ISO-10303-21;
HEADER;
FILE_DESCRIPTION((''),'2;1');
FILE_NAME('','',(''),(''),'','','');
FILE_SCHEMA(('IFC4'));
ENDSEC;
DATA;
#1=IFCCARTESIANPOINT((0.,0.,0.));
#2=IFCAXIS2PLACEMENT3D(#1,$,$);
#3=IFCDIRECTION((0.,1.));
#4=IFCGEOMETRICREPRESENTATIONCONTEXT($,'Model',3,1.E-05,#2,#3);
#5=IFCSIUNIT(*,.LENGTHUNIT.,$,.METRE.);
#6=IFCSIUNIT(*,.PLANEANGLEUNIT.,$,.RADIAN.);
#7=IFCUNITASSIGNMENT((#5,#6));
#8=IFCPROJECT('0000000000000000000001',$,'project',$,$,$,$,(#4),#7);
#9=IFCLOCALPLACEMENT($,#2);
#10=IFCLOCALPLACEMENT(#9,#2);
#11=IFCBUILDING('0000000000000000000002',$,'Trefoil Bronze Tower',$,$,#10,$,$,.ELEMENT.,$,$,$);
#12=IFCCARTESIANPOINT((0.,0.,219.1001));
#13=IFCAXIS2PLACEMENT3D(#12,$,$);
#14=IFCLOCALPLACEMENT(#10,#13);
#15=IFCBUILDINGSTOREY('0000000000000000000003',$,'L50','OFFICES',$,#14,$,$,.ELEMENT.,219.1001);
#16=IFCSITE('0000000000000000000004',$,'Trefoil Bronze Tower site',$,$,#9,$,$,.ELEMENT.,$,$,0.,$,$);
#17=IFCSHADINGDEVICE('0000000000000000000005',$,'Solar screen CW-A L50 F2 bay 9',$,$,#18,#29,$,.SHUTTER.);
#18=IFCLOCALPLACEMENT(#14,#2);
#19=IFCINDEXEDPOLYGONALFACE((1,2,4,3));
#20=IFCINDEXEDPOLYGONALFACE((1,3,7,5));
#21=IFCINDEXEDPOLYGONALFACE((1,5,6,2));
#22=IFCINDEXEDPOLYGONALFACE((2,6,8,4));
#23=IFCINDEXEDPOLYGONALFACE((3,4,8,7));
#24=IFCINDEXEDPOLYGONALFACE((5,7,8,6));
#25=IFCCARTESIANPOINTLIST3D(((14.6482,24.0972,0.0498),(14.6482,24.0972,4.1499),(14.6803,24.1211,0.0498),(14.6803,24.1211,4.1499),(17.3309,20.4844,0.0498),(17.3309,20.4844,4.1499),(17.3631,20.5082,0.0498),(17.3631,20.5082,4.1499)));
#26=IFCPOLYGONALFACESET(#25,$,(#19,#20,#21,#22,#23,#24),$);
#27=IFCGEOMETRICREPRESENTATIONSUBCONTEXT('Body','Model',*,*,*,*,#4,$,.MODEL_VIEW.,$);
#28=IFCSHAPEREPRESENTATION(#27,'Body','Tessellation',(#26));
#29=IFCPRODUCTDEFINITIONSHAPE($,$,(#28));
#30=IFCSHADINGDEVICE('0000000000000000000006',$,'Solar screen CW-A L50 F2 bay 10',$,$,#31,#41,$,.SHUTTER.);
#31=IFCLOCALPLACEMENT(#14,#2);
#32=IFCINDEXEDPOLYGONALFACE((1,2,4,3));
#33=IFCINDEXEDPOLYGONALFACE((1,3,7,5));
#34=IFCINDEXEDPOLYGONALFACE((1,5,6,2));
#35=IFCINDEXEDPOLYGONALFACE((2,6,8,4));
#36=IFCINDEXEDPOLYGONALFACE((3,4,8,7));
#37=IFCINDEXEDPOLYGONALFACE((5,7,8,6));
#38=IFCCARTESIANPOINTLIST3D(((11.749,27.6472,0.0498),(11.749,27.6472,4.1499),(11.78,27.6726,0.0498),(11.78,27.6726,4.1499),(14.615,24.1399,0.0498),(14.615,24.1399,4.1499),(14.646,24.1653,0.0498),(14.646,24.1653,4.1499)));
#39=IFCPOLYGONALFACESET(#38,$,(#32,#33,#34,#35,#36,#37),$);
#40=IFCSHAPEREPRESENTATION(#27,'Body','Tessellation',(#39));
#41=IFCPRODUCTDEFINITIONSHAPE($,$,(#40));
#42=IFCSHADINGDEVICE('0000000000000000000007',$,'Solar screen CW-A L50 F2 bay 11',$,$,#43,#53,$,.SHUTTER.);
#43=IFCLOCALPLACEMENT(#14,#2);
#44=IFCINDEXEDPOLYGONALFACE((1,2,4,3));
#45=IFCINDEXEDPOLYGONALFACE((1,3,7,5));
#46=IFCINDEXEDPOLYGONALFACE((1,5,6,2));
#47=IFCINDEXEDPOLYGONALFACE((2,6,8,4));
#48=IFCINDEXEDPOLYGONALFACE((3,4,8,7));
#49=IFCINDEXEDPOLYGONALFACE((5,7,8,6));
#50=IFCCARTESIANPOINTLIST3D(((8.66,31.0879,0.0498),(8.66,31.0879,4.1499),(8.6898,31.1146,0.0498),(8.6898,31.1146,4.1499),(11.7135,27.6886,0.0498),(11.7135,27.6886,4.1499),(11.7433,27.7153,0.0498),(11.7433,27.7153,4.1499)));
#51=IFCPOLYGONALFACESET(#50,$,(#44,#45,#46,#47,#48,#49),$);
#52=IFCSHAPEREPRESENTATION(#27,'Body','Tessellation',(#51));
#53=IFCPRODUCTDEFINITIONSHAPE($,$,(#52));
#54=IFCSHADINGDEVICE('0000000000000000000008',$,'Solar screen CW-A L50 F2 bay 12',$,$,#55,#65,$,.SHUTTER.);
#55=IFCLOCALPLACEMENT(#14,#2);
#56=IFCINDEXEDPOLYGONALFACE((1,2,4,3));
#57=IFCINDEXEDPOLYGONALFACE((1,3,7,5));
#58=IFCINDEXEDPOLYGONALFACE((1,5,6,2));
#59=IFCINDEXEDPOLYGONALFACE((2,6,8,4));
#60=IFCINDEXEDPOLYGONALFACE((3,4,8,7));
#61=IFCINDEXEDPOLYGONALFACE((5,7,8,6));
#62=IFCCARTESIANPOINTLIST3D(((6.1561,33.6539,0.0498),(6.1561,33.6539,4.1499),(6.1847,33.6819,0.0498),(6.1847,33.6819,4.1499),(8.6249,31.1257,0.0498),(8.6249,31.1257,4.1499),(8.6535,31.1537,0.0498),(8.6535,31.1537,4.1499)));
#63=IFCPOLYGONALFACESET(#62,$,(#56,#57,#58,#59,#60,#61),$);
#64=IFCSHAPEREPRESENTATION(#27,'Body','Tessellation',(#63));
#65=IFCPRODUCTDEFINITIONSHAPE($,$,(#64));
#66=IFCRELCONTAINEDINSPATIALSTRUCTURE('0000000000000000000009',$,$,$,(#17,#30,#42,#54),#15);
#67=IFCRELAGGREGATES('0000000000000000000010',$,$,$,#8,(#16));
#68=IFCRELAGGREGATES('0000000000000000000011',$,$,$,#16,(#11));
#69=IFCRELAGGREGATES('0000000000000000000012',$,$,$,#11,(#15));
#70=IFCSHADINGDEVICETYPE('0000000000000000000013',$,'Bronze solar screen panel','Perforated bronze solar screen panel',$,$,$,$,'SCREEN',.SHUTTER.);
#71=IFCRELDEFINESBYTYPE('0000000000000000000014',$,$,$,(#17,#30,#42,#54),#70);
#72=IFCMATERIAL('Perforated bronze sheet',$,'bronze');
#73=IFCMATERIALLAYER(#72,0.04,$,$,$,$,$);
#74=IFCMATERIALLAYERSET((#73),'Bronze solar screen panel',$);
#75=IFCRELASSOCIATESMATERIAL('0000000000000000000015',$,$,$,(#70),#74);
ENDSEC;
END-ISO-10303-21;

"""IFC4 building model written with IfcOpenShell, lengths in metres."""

from ifc_helpers import new_model, si_unit, direction, frame, origin, origin_2d, place, context, subcontext, project, spatial, rectangle, extrude, material, layer, layer_set, type_object, element, save


model = new_model("IFC4")

# Units and contexts
model_context = context("Model", 3, precision=1e-05, world=origin(), true_north=direction((0.0, 1.0)))
body_context = subcontext(model_context, "Body", "Model", "MODEL_VIEW")
ifc_project = project(units=[si_unit("LENGTHUNIT", "METRE"), si_unit("PLANEANGLEUNIT", "RADIAN")], contexts=[model_context])

# Site, building, storey
site_placement = place(None, origin())
site = spatial("IfcSite", under=ifc_project, at=site_placement, Name="Trefoil Bronze Tower site", CompositionType="ELEMENT", RefElevation=0.0)
building_placement = place(site_placement, origin())
building = spatial("IfcBuilding", under=site, at=building_placement, Name="Trefoil Bronze Tower", CompositionType="ELEMENT")
storey_placement = place(building_placement, frame((0.0, 0.0, 219.1001)))
storey = spatial("IfcBuildingStorey", under=building, at=storey_placement, Name="L50", Description="OFFICES", CompositionType="ELEMENT", Elevation=219.1001)

# Shading devices
ifc_material_1 = material(Name="Perforated bronze sheet", Category="bronze")
ifc_layer_1 = layer(ifc_material_1, 0.04)
ifc_layer_set_1 = layer_set([ifc_layer_1], Name="Bronze solar screen panel")
shading_device_type = type_object("IfcShadingDeviceType", Name="Bronze solar screen panel", Description="Perforated bronze solar screen panel", ElementType="SCREEN", PredefinedType="SHUTTER", material=ifc_layer_set_1)
shading_device_1_placement = place(storey_placement, frame((16.0056, 22.3027, 0.0498), z_axis=(0.0, 0.0, 1.0), x_axis=(-0.596162, 0.802865, 0.0)))
element("IfcShadingDevice", 1, at=shading_device_1_placement, inside=storey, type_object=shading_device_type, Name="Solar screen CW-A L50 F2 bay 9", PredefinedType="SHUTTER", context=body_context, shape_type="SweptSolid", body=[
    extrude(rectangle(XDim=4.5, YDim=0.04, at=origin_2d()), origin(), (0.0, 0.0, 1.0), 4.1001),
])
shading_device_2_placement = place(storey_placement, frame((13.1975, 25.9062, 0.0498), z_axis=(0.0, 0.0, 1.0), x_axis=(-0.632753, 0.774354, 0.0)))
element("IfcShadingDevice", 2, at=shading_device_2_placement, inside=storey, type_object=shading_device_type, Name="Solar screen CW-A L50 F2 bay 10", PredefinedType="SHUTTER", context=body_context, shape_type="SweptSolid", body=[
    extrude(rectangle(XDim=4.5293, YDim=0.04, at=origin_2d()), origin(), (0.0, 0.0, 1.0), 4.1001),
])
shading_device_3_placement = place(storey_placement, frame((10.2017, 29.4016, 0.0498), z_axis=(0.0, 0.0, 1.0), x_axis=(-0.668246, 0.743941, 0.0)))
element("IfcShadingDevice", 3, at=shading_device_3_placement, inside=storey, type_object=shading_device_type, Name="Solar screen CW-A L50 F2 bay 11", PredefinedType="SHUTTER", context=body_context, shape_type="SweptSolid", body=[
    extrude(rectangle(XDim=4.5693, YDim=0.04, at=origin_2d()), origin(), (0.0, 0.0, 1.0), 4.1001),
])
shading_device_4_placement = place(storey_placement, frame((7.4048, 32.4038, 0.0498), z_axis=(0.0, 0.0, 1.0), x_axis=(-0.698652, 0.715462, 0.0)))
element("IfcShadingDevice", 4, at=shading_device_4_placement, inside=storey, type_object=shading_device_type, Name="Solar screen CW-A L50 F2 bay 12", PredefinedType="SHUTTER", context=body_context, shape_type="SweptSolid", body=[
    extrude(rectangle(XDim=3.5337, YDim=0.04, at=origin_2d()), origin(), (0.0, 0.0, 1.0), 4.1001),
])

save(model, "model.ifc")
